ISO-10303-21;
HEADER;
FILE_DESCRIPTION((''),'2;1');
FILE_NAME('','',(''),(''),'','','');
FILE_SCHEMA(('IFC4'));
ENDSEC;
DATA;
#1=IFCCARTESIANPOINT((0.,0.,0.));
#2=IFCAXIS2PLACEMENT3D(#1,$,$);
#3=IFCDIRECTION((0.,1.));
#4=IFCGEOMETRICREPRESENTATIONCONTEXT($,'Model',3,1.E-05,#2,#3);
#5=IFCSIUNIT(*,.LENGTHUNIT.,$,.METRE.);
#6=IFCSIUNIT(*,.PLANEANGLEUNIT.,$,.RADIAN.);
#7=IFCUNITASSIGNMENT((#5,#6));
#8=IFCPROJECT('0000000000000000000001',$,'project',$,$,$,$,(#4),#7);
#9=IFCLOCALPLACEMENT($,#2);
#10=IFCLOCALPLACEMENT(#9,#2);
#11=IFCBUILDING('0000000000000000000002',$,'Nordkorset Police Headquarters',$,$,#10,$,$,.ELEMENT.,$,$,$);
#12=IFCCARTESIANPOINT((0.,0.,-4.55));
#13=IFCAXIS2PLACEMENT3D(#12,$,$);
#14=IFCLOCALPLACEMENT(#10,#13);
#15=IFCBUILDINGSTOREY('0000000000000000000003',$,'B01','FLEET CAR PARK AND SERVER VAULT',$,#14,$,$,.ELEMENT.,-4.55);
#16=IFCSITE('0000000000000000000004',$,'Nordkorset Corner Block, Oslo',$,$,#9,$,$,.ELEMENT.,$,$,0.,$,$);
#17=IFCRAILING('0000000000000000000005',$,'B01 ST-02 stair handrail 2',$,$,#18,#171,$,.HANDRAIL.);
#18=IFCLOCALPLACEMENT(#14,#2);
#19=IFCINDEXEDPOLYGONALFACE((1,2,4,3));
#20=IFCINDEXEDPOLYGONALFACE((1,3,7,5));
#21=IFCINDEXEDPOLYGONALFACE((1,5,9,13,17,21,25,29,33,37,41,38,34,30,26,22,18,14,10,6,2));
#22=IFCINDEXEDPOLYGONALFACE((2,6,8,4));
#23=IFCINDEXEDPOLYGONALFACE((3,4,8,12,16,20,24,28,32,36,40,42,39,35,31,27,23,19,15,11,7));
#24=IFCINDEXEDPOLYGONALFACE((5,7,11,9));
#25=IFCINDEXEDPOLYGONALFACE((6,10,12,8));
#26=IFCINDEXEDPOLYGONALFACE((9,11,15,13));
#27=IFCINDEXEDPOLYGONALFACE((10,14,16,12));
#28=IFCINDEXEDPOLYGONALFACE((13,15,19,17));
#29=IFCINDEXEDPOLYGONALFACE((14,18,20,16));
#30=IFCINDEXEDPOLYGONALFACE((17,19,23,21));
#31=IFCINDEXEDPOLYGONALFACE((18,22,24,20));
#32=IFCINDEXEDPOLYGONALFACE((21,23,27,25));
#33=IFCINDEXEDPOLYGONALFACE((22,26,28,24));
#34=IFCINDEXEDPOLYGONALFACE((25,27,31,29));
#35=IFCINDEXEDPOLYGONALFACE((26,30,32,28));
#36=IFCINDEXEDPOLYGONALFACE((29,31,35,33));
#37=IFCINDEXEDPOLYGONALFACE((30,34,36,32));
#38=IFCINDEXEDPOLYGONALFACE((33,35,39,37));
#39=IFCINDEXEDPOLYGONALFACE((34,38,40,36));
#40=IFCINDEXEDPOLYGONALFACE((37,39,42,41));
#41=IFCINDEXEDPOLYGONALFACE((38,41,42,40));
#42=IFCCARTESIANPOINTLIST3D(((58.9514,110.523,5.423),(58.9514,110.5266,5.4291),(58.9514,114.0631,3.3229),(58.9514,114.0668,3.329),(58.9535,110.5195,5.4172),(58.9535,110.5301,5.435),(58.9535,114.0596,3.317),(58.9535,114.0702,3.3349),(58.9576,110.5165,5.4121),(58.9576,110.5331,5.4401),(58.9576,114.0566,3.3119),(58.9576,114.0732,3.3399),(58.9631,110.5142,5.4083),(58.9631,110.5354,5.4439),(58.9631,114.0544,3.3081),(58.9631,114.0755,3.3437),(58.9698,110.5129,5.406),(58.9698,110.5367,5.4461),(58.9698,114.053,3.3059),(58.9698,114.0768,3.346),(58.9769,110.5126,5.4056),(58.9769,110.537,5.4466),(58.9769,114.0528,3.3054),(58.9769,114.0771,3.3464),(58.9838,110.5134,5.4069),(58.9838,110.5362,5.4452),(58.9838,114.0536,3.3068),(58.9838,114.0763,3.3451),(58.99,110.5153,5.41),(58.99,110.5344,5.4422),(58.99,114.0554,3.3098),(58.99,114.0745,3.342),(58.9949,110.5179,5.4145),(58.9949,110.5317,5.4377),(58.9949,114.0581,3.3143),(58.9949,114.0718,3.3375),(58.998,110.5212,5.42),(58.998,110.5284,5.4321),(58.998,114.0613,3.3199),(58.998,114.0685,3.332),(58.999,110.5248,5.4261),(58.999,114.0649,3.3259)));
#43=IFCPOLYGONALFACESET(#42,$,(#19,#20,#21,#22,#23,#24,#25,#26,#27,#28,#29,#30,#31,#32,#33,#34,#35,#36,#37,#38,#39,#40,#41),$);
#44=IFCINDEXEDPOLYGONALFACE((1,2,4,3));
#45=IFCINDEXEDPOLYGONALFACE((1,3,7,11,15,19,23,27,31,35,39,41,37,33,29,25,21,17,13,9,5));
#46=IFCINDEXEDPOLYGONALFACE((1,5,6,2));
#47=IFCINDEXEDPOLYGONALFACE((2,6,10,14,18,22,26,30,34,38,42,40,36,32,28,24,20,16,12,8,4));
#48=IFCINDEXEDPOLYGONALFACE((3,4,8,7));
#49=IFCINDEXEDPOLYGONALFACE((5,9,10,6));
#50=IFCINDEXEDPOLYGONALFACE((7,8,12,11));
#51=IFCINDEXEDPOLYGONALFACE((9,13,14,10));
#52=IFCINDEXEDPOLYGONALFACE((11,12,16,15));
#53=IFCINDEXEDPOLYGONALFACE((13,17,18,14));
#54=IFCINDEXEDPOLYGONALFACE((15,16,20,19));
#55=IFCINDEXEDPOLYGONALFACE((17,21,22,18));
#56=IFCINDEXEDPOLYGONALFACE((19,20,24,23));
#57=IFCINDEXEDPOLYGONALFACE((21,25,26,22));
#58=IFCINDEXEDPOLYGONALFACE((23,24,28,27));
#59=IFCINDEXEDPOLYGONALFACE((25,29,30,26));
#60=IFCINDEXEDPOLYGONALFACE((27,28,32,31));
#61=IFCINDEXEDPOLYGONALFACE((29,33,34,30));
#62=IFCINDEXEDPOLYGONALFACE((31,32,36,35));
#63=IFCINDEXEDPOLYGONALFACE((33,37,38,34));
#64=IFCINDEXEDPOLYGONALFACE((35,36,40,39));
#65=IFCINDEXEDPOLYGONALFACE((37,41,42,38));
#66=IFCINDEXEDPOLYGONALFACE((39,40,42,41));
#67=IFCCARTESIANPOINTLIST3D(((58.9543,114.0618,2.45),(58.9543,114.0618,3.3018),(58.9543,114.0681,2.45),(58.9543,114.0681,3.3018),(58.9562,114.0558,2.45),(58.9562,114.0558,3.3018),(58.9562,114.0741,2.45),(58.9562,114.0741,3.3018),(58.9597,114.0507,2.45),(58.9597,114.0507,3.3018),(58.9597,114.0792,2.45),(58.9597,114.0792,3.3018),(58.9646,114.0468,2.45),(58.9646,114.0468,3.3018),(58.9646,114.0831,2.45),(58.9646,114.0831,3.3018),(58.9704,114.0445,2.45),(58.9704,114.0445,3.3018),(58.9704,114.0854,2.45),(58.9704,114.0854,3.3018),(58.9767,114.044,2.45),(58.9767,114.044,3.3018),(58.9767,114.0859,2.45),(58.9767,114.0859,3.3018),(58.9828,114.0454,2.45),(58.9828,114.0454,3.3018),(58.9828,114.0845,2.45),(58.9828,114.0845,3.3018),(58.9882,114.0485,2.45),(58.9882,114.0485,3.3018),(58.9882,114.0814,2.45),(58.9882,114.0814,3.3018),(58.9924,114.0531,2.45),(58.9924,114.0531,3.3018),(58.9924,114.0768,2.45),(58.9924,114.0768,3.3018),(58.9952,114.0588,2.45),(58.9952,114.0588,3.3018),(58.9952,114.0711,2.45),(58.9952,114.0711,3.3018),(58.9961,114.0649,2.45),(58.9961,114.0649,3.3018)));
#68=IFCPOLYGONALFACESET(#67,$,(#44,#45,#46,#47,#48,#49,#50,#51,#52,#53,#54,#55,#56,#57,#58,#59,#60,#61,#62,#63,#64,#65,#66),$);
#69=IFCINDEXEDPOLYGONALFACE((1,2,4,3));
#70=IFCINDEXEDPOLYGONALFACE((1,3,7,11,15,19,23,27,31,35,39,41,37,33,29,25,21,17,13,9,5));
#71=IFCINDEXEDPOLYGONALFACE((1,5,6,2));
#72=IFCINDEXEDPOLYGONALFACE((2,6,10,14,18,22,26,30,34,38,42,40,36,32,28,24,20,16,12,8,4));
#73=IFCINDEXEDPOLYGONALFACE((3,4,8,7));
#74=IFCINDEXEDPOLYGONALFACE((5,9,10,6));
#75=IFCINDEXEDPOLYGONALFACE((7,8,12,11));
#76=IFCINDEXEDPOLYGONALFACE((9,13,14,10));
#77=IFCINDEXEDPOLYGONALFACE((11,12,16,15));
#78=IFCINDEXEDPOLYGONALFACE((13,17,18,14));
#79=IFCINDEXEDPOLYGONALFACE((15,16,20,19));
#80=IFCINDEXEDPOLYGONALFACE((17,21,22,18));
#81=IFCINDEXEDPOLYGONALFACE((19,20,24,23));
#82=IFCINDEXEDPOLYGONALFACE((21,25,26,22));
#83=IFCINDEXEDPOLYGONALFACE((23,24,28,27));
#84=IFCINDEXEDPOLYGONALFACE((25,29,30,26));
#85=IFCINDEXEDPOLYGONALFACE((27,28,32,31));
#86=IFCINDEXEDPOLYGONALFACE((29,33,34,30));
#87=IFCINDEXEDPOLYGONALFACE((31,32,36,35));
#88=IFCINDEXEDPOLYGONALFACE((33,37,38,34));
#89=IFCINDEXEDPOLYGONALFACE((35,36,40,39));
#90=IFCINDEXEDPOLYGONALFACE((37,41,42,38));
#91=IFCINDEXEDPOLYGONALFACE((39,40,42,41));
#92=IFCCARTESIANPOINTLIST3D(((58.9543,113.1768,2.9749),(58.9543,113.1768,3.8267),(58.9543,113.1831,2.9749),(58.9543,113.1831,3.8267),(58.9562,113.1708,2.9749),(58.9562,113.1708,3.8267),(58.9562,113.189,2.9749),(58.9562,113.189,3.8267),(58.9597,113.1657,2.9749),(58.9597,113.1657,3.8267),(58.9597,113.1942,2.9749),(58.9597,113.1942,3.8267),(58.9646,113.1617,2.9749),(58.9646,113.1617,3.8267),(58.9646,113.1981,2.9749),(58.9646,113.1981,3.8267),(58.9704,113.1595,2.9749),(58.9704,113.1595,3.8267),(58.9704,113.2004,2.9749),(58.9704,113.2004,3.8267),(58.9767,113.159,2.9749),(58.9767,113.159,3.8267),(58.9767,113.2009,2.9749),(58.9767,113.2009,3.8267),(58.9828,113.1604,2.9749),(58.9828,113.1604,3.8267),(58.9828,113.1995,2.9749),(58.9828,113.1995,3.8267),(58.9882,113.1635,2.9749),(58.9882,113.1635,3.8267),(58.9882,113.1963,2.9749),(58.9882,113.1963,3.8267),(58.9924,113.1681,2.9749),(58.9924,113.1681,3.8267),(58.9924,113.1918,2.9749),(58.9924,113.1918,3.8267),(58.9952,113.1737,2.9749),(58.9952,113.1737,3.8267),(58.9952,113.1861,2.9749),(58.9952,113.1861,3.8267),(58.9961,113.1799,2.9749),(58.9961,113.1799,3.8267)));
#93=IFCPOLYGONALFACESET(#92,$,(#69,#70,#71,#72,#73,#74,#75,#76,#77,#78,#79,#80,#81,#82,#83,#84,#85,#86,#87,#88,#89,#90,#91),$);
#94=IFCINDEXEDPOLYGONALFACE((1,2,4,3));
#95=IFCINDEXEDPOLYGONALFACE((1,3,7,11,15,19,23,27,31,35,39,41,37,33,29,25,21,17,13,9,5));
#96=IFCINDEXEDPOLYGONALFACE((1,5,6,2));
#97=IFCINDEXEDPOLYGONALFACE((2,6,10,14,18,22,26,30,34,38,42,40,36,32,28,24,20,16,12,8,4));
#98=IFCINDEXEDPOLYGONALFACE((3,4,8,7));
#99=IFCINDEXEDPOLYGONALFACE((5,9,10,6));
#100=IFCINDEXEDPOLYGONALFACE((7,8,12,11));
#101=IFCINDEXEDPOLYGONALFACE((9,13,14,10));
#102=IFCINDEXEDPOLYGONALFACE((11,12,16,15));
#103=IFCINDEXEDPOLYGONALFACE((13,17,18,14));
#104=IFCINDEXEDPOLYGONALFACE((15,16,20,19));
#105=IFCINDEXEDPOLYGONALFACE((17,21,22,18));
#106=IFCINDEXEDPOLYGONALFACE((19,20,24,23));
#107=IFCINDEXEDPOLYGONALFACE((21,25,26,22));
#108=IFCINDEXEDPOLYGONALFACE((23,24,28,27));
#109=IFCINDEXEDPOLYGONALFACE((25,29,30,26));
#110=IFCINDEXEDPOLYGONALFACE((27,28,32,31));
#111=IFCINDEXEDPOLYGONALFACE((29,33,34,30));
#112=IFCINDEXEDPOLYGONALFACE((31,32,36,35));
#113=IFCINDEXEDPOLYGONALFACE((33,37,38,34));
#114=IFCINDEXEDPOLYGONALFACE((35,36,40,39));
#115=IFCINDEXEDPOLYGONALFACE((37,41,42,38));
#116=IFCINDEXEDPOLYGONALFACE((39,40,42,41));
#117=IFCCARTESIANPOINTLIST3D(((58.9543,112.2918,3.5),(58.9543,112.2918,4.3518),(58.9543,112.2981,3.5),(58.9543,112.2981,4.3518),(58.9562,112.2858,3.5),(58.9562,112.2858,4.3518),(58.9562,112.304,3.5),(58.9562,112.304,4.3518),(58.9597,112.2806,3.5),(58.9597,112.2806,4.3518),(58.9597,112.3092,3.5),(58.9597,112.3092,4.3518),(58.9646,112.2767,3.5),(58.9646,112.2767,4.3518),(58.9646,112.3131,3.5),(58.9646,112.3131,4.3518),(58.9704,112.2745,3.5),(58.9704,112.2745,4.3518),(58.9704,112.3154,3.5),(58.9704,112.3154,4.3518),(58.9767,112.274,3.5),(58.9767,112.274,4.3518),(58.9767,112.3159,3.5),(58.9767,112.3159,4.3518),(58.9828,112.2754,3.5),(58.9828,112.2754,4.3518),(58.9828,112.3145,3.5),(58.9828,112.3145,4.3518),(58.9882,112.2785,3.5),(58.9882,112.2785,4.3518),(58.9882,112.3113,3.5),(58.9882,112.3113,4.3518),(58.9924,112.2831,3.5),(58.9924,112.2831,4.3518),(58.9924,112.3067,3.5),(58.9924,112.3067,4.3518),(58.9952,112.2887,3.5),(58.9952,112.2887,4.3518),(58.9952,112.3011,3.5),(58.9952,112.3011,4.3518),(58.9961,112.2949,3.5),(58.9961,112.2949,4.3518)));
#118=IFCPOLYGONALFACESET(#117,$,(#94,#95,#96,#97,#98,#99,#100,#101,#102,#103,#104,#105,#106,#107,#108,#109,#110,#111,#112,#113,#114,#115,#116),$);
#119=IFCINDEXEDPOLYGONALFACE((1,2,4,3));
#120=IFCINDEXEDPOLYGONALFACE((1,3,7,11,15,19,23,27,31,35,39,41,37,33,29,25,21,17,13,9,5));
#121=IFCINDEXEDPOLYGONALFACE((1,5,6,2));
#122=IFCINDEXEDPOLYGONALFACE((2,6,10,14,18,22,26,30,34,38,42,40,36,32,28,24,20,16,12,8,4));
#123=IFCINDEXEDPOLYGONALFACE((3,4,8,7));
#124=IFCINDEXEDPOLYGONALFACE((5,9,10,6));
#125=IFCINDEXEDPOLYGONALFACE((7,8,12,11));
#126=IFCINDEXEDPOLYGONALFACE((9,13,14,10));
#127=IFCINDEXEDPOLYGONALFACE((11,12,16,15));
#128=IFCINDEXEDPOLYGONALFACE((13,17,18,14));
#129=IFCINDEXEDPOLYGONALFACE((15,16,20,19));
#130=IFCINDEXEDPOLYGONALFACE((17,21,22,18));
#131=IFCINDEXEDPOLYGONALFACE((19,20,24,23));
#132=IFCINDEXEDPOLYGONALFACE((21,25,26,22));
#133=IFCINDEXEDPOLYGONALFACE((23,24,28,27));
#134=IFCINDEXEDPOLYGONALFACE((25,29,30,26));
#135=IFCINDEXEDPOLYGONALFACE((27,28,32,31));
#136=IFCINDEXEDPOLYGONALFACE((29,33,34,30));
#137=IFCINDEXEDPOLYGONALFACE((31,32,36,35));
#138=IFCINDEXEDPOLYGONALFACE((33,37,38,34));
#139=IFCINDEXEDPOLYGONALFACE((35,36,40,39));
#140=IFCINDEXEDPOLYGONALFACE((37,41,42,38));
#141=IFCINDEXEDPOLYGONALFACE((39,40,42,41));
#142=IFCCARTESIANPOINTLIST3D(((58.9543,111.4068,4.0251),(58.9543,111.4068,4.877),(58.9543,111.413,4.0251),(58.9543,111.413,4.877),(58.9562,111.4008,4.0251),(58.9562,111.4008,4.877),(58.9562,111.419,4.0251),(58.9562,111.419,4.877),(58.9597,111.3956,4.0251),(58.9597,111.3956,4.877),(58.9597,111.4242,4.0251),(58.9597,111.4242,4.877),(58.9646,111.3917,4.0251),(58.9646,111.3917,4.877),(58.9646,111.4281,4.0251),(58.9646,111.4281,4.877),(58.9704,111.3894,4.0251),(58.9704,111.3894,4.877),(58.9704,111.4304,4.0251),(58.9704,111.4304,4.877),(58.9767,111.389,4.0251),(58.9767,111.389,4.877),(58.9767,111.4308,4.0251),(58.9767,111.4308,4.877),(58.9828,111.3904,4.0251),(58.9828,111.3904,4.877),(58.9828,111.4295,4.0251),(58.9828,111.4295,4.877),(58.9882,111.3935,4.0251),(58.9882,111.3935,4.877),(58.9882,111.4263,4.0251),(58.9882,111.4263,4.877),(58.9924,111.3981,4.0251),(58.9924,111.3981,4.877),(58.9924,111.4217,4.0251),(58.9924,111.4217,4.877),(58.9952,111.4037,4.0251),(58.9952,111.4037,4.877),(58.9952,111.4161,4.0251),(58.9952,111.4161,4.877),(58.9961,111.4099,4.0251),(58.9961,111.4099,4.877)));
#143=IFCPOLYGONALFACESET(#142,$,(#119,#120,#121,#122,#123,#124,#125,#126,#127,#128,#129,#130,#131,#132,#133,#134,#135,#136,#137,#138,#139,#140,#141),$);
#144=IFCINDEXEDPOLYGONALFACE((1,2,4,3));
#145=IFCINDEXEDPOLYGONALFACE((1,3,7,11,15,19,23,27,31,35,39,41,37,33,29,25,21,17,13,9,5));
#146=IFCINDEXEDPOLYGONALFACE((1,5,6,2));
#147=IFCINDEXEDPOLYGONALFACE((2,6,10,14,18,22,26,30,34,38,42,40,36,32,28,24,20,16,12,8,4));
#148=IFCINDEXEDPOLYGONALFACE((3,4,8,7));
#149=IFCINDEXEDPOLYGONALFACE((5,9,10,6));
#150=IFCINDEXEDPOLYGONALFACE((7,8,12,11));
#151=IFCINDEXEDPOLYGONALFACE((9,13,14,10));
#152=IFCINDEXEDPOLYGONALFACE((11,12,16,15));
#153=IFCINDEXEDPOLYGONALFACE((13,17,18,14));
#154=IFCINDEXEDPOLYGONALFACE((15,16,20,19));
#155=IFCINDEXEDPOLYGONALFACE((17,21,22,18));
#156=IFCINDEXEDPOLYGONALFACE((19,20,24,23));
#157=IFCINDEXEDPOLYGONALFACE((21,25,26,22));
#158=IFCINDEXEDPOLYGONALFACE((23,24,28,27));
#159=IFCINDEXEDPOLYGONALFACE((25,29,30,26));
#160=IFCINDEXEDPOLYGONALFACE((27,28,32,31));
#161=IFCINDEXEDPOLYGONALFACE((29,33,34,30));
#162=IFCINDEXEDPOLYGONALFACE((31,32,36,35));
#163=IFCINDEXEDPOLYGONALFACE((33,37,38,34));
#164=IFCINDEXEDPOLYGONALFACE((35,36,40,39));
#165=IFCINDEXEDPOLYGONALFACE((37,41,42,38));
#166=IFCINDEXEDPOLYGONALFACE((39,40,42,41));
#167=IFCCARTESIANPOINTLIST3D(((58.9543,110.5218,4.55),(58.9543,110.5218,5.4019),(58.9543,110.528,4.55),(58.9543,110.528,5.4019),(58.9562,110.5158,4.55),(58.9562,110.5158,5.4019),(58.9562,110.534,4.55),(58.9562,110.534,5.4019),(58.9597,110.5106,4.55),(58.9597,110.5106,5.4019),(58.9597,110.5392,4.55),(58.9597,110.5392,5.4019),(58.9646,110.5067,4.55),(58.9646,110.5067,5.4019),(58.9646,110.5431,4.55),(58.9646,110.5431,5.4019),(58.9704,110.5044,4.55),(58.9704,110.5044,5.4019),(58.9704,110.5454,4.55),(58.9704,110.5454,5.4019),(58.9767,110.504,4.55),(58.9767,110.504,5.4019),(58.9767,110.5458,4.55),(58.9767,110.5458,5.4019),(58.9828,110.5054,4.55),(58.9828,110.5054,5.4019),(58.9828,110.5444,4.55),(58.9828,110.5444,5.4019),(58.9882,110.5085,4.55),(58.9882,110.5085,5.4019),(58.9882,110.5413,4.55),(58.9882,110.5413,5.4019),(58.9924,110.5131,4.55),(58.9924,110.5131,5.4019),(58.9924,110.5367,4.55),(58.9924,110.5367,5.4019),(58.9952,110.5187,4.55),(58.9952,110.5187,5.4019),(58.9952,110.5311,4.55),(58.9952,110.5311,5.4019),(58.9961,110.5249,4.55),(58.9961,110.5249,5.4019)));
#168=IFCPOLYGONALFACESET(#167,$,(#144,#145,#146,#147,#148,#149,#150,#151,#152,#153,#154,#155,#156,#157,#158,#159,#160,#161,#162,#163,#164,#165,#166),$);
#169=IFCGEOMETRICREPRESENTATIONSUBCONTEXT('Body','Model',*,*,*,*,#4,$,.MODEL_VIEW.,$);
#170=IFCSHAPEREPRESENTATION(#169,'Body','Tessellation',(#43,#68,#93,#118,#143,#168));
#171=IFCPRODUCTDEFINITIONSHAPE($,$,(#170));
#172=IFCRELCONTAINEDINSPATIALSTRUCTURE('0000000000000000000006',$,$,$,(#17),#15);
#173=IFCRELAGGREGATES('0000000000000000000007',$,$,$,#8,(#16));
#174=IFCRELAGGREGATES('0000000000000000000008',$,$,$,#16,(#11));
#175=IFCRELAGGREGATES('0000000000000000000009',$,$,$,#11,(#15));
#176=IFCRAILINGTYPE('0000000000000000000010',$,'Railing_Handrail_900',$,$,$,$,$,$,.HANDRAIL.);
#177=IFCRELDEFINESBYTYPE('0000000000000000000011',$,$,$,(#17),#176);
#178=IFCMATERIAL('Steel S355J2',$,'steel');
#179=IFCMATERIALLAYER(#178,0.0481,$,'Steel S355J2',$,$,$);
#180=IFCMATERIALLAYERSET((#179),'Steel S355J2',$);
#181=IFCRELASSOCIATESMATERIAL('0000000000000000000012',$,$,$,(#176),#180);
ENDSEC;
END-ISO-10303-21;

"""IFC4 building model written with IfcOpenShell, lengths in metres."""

from ifc_helpers import new_model, si_unit, direction, frame, origin, origin_2d, place, context, subcontext, project, spatial, circle, extrude, material, layer, layer_set, type_object, element, save


model = new_model("IFC4")

# Units and contexts
model_context = context("Model", 3, precision=1e-05, world=origin(), true_north=direction((0.0, 1.0)))
body_context = subcontext(model_context, "Body", "Model", "MODEL_VIEW")
ifc_project = project(units=[si_unit("LENGTHUNIT", "METRE"), si_unit("PLANEANGLEUNIT", "RADIAN")], contexts=[model_context])

# Site, building, storey
site_placement = place(None, origin())
site = spatial("IfcSite", under=ifc_project, at=site_placement, Name="Nordkorset Corner Block, Oslo", CompositionType="ELEMENT", RefElevation=0.0)
building_placement = place(site_placement, origin())
building = spatial("IfcBuilding", under=site, at=building_placement, Name="Nordkorset Police Headquarters", CompositionType="ELEMENT")
storey_placement = place(building_placement, frame((0.0, 0.0, -4.55)))
storey = spatial("IfcBuildingStorey", under=building, at=storey_placement, Name="B01", Description="FLEET CAR PARK AND SERVER VAULT", CompositionType="ELEMENT", Elevation=-4.55)

# Railing
ifc_material_1 = material(Name="Steel S355J2", Category="steel")
ifc_layer_1 = layer(ifc_material_1, 0.0481, Name="Steel S355J2")
ifc_layer_set_1 = layer_set([ifc_layer_1], Name="Steel S355J2")
railing_type_1 = type_object("IfcRailingType", Name="Railing_Handrail_900", PredefinedType="HANDRAIL", material=ifc_layer_set_1)
railing_1_placement = place(storey_placement, frame((58.9751, 114.0649, 2.45)))
element("IfcRailing", 1, at=railing_1_placement, inside=storey, type_object=railing_type_1, Name="B01 ST-02 stair handrail 2", PredefinedType="HANDRAIL", context=body_context, shape_type="SweptSolid", body=[
    extrude(circle(Radius=0.0239, at=origin_2d()), frame((0.0, 0.0, 0.876), z_axis=(0.0, -0.860047, 0.510215), x_axis=(1.0, 0.0, 0.0)), (0.0, 0.0, 1.0), 4.1162),
    extrude(circle(Radius=0.021, at=origin_2d()), origin(), (0.0, 0.0, 1.0), 0.8518),
    extrude(circle(Radius=0.021, at=origin_2d()), frame((0.0, -0.885, 0.5249)), (0.0, 0.0, 1.0), 0.8518),
    extrude(circle(Radius=0.021, at=origin_2d()), frame((0.0, -1.77, 1.05)), (0.0, 0.0, 1.0), 0.8518),
    extrude(circle(Radius=0.021, at=origin_2d()), frame((0.0, -2.655, 1.5752)), (0.0, 0.0, 1.0), 0.8518),
    extrude(circle(Radius=0.021, at=origin_2d()), frame((0.0, -3.54, 2.1001)), (0.0, 0.0, 1.0), 0.8518),
])

save(model, "model.ifc")
